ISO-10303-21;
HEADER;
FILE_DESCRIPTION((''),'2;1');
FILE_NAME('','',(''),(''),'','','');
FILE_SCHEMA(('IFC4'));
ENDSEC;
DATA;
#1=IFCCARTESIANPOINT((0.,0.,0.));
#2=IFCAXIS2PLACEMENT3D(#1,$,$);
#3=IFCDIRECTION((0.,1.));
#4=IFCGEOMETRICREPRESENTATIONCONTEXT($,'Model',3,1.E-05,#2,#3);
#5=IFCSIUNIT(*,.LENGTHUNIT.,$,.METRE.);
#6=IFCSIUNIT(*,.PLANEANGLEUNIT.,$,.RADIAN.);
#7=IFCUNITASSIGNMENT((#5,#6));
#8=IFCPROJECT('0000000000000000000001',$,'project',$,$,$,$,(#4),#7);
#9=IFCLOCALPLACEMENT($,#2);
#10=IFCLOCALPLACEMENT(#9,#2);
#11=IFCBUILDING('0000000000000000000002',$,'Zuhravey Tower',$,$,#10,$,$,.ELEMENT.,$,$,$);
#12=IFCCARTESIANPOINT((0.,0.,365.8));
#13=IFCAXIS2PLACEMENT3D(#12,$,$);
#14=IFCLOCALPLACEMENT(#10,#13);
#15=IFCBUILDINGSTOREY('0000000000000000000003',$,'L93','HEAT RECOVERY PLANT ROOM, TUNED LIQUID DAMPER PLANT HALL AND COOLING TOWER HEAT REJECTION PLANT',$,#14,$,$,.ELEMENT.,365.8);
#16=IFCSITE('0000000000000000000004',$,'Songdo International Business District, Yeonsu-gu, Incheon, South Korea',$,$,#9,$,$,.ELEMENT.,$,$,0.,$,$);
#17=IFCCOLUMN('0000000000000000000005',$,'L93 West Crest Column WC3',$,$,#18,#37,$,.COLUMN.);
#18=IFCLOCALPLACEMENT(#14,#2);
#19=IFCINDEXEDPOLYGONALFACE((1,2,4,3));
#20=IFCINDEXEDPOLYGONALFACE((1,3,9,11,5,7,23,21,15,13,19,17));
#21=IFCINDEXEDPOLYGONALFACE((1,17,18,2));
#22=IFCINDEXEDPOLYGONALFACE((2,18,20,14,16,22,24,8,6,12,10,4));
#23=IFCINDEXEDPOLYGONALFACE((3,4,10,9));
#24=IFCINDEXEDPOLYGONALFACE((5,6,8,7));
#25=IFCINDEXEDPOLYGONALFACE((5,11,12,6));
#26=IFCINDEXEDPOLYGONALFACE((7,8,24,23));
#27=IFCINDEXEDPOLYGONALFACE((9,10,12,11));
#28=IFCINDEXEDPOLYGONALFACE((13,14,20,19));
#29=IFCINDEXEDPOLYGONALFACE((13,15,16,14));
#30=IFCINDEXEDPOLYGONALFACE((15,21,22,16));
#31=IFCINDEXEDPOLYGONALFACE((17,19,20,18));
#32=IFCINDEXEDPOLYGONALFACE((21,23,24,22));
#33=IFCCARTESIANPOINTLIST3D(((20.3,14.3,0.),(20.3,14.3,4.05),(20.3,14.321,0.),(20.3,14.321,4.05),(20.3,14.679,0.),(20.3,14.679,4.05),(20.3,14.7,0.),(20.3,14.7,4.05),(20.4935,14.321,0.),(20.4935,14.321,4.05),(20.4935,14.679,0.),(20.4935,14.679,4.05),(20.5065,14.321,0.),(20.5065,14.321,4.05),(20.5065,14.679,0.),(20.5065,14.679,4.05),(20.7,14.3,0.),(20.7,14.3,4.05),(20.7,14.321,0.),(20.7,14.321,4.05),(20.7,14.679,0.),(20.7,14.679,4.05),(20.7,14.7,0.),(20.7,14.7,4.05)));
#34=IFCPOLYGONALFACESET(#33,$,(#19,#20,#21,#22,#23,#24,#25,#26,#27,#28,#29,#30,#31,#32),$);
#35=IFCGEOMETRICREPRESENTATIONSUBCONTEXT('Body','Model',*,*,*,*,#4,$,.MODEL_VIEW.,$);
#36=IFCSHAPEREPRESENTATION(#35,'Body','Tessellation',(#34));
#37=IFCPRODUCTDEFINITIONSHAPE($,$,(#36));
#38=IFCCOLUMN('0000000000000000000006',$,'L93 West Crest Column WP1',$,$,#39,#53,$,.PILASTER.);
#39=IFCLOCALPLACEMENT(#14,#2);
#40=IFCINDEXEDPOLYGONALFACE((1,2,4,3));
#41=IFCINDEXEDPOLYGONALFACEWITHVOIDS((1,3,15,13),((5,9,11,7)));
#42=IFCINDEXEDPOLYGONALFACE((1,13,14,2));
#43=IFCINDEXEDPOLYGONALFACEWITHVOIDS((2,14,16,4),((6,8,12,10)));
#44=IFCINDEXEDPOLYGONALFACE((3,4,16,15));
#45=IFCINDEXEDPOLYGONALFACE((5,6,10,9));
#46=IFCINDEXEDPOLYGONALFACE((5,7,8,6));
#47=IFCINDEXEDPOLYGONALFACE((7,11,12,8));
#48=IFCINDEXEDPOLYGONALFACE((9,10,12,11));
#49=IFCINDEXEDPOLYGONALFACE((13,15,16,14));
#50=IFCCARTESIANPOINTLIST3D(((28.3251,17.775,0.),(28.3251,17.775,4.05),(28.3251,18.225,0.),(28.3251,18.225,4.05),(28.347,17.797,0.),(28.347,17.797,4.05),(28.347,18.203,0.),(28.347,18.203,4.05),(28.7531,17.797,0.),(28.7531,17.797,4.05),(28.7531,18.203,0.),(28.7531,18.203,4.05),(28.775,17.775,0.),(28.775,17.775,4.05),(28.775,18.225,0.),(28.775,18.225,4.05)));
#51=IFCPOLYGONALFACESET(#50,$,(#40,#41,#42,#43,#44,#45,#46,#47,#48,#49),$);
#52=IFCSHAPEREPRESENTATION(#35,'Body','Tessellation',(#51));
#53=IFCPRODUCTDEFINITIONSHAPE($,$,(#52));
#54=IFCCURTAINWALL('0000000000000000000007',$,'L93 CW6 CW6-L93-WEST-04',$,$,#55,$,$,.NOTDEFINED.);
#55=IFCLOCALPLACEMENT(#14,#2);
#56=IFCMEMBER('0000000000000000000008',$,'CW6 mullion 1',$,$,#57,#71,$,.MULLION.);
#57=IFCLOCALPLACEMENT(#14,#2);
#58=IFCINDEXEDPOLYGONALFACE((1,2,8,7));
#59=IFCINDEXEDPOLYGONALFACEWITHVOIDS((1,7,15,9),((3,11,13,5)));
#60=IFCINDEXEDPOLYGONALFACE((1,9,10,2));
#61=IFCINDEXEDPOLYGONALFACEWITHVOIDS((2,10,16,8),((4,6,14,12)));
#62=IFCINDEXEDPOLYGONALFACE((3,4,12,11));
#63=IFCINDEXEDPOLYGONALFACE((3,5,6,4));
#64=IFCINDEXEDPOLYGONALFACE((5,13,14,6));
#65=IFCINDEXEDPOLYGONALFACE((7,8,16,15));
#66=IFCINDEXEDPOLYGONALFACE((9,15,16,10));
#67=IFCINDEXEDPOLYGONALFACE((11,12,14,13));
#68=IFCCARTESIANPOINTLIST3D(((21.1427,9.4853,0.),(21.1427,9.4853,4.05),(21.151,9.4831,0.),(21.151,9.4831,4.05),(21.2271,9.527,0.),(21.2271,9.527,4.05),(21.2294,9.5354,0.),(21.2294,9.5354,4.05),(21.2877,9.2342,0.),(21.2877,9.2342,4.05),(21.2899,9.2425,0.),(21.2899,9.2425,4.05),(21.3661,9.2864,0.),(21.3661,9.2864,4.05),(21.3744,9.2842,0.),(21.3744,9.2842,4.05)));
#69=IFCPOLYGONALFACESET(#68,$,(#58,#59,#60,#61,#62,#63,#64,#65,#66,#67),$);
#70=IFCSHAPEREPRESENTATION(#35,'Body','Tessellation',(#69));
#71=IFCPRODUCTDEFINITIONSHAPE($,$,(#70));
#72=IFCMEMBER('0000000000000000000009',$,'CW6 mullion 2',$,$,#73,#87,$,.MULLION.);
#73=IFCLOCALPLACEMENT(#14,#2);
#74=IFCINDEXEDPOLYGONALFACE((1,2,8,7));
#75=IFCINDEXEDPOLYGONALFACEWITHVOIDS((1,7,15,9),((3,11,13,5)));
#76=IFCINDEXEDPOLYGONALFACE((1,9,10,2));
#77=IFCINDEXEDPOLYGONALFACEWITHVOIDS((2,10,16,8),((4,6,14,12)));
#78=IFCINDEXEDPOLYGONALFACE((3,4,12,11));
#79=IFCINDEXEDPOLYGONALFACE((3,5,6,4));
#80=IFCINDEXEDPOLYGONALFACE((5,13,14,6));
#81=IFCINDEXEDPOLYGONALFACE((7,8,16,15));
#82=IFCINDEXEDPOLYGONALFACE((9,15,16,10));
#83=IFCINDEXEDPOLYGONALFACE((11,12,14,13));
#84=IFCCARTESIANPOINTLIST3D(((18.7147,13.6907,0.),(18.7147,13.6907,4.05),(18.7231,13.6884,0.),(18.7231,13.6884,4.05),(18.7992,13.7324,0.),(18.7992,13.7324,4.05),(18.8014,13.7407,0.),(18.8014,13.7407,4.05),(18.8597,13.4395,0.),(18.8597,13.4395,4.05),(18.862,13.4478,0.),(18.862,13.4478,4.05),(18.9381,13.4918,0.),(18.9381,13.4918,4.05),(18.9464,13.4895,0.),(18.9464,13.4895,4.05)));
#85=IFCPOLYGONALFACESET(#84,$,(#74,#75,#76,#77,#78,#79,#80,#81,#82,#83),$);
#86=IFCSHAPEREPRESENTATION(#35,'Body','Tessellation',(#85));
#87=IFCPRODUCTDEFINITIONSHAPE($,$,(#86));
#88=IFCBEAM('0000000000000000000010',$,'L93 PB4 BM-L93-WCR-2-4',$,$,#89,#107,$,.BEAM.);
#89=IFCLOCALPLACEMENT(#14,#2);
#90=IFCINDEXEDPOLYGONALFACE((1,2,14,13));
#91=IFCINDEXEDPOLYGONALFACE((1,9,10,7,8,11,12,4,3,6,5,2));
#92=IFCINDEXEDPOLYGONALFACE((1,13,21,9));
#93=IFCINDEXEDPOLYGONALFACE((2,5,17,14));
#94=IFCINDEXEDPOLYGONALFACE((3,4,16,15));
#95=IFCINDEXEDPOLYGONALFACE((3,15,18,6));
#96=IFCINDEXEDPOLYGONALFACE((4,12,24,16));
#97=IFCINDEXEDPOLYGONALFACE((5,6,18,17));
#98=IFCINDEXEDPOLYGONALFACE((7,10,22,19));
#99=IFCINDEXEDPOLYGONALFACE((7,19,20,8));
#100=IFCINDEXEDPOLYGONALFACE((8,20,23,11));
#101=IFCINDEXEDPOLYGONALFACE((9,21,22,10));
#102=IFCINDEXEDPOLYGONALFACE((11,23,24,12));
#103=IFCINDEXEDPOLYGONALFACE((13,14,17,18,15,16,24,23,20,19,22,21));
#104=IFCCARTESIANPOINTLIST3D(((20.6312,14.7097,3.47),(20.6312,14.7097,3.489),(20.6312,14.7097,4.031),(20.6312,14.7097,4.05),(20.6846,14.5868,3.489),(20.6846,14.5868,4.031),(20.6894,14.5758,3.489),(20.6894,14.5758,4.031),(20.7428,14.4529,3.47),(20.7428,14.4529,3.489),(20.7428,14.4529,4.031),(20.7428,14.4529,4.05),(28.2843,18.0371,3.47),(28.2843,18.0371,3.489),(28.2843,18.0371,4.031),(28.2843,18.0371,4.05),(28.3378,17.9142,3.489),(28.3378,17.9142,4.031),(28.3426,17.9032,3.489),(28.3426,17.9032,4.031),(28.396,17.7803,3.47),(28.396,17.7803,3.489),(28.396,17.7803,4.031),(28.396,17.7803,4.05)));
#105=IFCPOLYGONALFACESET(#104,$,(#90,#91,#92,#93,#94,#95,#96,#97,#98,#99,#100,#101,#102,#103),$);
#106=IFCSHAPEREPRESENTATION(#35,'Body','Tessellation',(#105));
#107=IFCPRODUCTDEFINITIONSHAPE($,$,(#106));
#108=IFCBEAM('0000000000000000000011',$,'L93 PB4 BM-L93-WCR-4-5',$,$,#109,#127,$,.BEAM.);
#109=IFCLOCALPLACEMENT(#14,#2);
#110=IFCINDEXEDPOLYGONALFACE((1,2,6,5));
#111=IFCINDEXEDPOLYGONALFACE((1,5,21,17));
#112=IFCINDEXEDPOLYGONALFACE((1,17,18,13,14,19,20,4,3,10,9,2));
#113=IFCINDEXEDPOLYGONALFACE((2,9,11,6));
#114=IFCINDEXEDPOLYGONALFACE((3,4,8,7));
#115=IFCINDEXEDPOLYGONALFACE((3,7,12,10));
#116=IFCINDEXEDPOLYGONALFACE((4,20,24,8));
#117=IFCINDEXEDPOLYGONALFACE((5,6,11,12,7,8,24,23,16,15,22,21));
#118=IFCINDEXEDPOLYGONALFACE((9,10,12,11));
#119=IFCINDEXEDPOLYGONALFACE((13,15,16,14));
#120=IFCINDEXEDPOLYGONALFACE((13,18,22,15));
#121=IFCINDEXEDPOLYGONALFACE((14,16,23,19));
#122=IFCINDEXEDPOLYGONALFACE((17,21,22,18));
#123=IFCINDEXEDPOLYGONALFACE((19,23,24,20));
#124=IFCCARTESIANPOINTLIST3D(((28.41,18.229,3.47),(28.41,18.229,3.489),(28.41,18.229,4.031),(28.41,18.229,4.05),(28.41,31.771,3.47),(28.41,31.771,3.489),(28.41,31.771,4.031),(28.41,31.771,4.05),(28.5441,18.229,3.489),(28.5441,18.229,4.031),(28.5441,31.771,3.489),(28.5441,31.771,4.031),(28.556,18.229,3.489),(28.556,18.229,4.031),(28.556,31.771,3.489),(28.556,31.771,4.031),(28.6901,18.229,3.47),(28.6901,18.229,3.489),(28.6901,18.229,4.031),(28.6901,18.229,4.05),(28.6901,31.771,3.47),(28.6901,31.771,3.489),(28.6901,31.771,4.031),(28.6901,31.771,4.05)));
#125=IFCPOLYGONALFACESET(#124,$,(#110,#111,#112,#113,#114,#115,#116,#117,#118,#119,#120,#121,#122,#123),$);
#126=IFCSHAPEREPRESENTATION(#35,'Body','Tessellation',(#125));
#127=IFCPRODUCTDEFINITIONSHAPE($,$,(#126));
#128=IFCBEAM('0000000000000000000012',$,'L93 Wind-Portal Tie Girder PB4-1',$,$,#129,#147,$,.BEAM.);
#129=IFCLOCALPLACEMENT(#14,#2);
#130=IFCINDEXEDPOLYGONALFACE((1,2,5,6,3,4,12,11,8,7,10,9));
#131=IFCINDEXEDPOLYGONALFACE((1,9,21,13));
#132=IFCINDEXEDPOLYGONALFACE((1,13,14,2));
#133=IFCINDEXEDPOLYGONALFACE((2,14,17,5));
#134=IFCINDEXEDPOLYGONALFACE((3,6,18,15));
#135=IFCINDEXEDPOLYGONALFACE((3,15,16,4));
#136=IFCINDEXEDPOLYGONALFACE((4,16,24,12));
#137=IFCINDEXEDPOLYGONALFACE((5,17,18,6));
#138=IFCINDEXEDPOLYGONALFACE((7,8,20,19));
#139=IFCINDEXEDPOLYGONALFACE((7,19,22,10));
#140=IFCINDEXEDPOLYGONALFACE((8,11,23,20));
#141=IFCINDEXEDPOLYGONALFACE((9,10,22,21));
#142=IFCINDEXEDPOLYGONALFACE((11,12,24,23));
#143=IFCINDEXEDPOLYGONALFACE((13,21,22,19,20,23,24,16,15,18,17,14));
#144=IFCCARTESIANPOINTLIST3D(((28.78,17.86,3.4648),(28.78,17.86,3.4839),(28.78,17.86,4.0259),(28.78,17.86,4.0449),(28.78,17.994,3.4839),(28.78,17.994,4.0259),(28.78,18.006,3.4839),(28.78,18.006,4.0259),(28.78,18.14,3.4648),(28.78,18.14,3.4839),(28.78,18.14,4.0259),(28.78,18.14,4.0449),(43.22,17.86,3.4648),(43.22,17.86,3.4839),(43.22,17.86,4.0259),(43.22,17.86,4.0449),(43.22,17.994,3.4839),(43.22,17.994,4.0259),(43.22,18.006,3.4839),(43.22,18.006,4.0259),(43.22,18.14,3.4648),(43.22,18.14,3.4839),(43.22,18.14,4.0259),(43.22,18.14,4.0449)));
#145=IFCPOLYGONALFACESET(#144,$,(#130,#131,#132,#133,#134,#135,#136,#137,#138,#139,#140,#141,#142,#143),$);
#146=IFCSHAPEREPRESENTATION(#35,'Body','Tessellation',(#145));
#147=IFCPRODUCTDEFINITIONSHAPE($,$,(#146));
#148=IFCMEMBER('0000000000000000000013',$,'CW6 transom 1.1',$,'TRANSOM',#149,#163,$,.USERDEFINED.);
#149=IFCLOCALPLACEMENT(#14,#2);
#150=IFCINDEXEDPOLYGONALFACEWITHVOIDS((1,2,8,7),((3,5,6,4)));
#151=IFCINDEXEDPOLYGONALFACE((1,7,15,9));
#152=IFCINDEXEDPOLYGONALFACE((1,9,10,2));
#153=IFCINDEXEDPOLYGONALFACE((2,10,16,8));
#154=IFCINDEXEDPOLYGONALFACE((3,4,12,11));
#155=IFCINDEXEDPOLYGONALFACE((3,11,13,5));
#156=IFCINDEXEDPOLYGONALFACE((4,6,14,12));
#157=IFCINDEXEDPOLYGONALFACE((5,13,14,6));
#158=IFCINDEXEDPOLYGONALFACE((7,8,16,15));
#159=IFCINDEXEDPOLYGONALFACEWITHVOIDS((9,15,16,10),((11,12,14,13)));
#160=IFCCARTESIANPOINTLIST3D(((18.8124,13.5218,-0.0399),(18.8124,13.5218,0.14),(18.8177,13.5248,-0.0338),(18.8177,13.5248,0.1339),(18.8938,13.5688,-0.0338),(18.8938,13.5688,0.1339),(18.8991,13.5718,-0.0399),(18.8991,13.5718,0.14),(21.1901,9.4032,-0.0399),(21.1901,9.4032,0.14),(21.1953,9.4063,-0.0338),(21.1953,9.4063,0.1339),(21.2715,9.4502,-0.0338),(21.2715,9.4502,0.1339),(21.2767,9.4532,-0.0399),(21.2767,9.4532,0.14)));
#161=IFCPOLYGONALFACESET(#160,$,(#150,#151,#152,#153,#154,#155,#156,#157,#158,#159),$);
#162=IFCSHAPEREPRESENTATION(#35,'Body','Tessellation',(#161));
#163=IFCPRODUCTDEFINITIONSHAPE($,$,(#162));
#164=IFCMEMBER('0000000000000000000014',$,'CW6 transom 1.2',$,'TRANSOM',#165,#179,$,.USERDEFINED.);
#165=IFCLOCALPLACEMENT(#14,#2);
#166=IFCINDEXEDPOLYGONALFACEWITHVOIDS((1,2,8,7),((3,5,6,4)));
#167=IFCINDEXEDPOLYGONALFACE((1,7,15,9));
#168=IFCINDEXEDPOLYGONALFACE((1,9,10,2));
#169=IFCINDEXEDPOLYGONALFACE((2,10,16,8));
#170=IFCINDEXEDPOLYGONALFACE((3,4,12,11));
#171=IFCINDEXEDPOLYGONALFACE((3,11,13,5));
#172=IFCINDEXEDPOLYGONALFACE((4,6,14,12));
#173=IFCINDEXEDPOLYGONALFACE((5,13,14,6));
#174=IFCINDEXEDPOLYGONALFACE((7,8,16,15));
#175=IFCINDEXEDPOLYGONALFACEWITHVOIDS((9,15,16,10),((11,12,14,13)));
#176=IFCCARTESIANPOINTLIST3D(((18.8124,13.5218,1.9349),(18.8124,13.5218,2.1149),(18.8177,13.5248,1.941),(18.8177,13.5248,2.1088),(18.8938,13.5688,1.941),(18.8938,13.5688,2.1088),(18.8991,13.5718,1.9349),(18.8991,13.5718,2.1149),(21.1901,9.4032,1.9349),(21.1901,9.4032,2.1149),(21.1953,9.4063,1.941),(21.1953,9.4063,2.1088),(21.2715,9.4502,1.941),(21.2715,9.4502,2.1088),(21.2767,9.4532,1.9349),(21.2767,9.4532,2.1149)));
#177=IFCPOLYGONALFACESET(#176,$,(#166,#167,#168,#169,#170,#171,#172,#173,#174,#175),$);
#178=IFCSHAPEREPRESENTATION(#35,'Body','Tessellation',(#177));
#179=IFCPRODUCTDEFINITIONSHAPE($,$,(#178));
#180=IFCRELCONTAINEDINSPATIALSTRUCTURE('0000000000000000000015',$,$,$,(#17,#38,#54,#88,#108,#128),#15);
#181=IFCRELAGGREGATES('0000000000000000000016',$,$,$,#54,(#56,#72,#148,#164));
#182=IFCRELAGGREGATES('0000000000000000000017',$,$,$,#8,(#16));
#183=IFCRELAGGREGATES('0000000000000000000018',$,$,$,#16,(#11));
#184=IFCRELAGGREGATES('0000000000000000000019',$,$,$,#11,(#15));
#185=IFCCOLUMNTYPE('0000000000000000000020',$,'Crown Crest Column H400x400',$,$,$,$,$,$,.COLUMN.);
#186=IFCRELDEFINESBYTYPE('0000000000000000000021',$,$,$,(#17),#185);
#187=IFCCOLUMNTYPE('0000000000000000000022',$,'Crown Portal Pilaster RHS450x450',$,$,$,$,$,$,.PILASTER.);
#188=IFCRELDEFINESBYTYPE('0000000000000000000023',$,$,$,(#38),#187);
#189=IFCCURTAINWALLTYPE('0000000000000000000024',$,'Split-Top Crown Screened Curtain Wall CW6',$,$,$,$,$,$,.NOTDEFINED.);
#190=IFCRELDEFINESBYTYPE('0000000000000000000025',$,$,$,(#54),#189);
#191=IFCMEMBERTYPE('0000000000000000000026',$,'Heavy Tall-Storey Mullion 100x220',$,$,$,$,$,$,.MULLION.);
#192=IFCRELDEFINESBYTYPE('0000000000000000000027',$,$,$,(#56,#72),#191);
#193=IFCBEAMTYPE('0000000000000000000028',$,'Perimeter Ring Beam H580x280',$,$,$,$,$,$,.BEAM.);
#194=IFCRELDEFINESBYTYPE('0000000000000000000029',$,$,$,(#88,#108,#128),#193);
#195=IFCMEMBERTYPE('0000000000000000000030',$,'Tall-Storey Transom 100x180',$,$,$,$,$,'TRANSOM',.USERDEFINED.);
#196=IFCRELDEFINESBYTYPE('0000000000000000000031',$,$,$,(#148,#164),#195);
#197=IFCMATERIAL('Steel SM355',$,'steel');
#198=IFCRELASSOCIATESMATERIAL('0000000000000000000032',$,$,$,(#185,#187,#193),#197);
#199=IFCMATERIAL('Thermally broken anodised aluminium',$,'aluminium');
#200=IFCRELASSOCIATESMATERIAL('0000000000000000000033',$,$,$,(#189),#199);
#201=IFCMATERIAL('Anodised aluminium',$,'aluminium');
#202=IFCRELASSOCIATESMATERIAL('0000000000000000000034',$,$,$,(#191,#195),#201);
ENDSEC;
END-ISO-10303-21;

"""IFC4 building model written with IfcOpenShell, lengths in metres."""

from ifc_helpers import new_model, si_unit, direction, frame, origin, origin_2d, place, context, subcontext, project, spatial, hollow_rectangle, i_section, extrude, material, material_profile, profile_set, type_object, element, aggregate, save


model = new_model("IFC4")

# Units and contexts
model_context = context("Model", 3, precision=1e-05, world=origin(), true_north=direction((0.0, 1.0)))
body_context = subcontext(model_context, "Body", "Model", "MODEL_VIEW")
ifc_project = project(units=[si_unit("LENGTHUNIT", "METRE"), si_unit("PLANEANGLEUNIT", "RADIAN")], contexts=[model_context])

# Site, building, storey
site_placement = place(None, origin())
site = spatial("IfcSite", under=ifc_project, at=site_placement, Name="Songdo International Business District, Yeonsu-gu, Incheon, South Korea", CompositionType="ELEMENT", RefElevation=0.0)
building_placement = place(site_placement, origin())
building = spatial("IfcBuilding", under=site, at=building_placement, Name="Zuhravey Tower", CompositionType="ELEMENT")
storey_placement = place(building_placement, frame((0.0, 0.0, 365.8)))
storey = spatial("IfcBuildingStorey", under=building, at=storey_placement, Name="L93", Description="HEAT RECOVERY PLANT ROOM, TUNED LIQUID DAMPER PLANT HALL AND COOLING TOWER HEAT REJECTION PLANT", CompositionType="ELEMENT", Elevation=365.8)

# Columns
ifc_material_1 = material(Name="Steel SM355", Category="steel")
ifc_material_profile_1 = material_profile(ifc_material_1, i_section(OverallWidth=0.3999, OverallDepth=0.3999, WebThickness=0.0129, FlangeThickness=0.021, at=origin_2d()), Name="H-400x400x13x21")
ifc_profile_set_1 = profile_set([ifc_material_profile_1], Name="Steel SM355")
column_type_1 = type_object("IfcColumnType", Name="Crown Crest Column H400x400", PredefinedType="COLUMN", material=ifc_profile_set_1)
column_1_placement = place(storey_placement, frame((20.5, 14.5, 0.0), z_axis=(0.0, 0.0, 1.0), x_axis=(1.0, 0.0, 0.0)))
element("IfcColumn", 1, at=column_1_placement, inside=storey, type_object=column_type_1, Name="L93 West Crest Column WC3", PredefinedType="COLUMN", context=body_context, shape_type="SweptSolid", body=[
    extrude(i_section(OverallWidth=0.3999, OverallDepth=0.3999, WebThickness=0.0129, FlangeThickness=0.021, at=origin_2d()), origin(), (0.0, 0.0, 1.0), 4.05),
])
ifc_material_profile_2 = material_profile(ifc_material_1, hollow_rectangle(XDim=0.45, YDim=0.45, WallThickness=0.022, at=origin_2d()), Name="RHS-450x450x22")
ifc_profile_set_2 = profile_set([ifc_material_profile_2], Name="Steel SM355")
column_type_2 = type_object("IfcColumnType", Name="Crown Portal Pilaster RHS450x450", PredefinedType="PILASTER", material=ifc_profile_set_2)
column_2_placement = place(storey_placement, frame((28.55, 18.0, 0.0), z_axis=(0.0, 0.0, 1.0), x_axis=(1.0, 0.0, 0.0)))
element("IfcColumn", 2, at=column_2_placement, inside=storey, type_object=column_type_2, Name="L93 West Crest Column WP1", PredefinedType="PILASTER", context=body_context, shape_type="SweptSolid", body=[
    extrude(hollow_rectangle(XDim=0.45, YDim=0.45, WallThickness=0.022, at=origin_2d()), origin(), (0.0, 0.0, 1.0), 4.05),
])

# Curtain wall, members
ifc_material_2 = material(Name="Thermally broken anodised aluminium", Category="aluminium")
curtain_wall_type = type_object("IfcCurtainWallType", Name="Split-Top Crown Screened Curtain Wall CW6", PredefinedType="NOTDEFINED", material=ifc_material_2)
curtain_wall_placement = place(storey_placement, origin())
curtain_wall = element("IfcCurtainWall", 3, at=curtain_wall_placement, inside=storey, type_object=curtain_wall_type, Name="L93 CW6 CW6-L93-WEST-04", PredefinedType="NOTDEFINED")
ifc_material_3 = material(Name="Anodised aluminium", Category="aluminium")
ifc_material_profile_3 = material_profile(ifc_material_3, hollow_rectangle(XDim=0.1001, YDim=0.29, WallThickness=0.0061, at=origin_2d()), Name="ALU-RHS-100x290x6")
ifc_profile_set_3 = profile_set([ifc_material_profile_3], Name="Anodised aluminium")
member_type_1 = type_object("IfcMemberType", Name="Heavy Tall-Storey Mullion 100x220", PredefinedType="MULLION", material=ifc_profile_set_3)
member_1_placement = place(storey_placement, frame((21.2585, 9.3848, 0.0), z_axis=(0.0, 0.0, 1.0), x_axis=(-0.866027, -0.499997, 0.0)))
member_1 = element("IfcMember", 4, at=member_1_placement, type_object=member_type_1, Name="CW6 mullion 1", PredefinedType="MULLION", context=body_context, shape_type="SweptSolid", body=[
    extrude(hollow_rectangle(XDim=0.1001, YDim=0.29, WallThickness=0.0061, at=origin_2d()), origin(), (0.0, 0.0, 1.0), 4.05),
])
member_2_placement = place(storey_placement, frame((18.8306, 13.5901, 0.0), z_axis=(0.0, 0.0, 1.0), x_axis=(-0.866027, -0.499997, 0.0)))
member_2 = element("IfcMember", 5, at=member_2_placement, type_object=member_type_1, Name="CW6 mullion 2", PredefinedType="MULLION", context=body_context, shape_type="SweptSolid", body=[
    extrude(hollow_rectangle(XDim=0.1001, YDim=0.29, WallThickness=0.0061, at=origin_2d()), origin(), (0.0, 0.0, 1.0), 4.05),
])

# Beams
ifc_material_profile_4 = material_profile(ifc_material_1, i_section(OverallWidth=0.28, OverallDepth=0.5801, WebThickness=0.012, FlangeThickness=0.019, at=origin_2d()), Name="H-580x280x12x19")
ifc_profile_set_4 = profile_set([ifc_material_profile_4], Name="Steel SM355")
beam_type = type_object("IfcBeamType", Name="Perimeter Ring Beam H580x280", PredefinedType="BEAM", material=ifc_profile_set_4)
beam_1_placement = place(storey_placement, frame((20.687, 14.5813, 3.76), z_axis=(0.917071, 0.398723, 0.0), x_axis=(-0.398723, 0.917071, 0.0)))
element("IfcBeam", 6, at=beam_1_placement, inside=storey, type_object=beam_type, Name="L93 PB4 BM-L93-WCR-2-4", PredefinedType="BEAM", context=body_context, shape_type="SweptSolid", body=[
    extrude(i_section(OverallWidth=0.28, OverallDepth=0.5801, WebThickness=0.012, FlangeThickness=0.019, at=origin_2d()), origin(), (0.0, 0.0, 1.0), 8.3452),
])
beam_2_placement = place(storey_placement, frame((28.55, 18.229, 3.76), z_axis=(0.0, 1.0, 0.0), x_axis=(-1.0, 0.0, 0.0)))
element("IfcBeam", 7, at=beam_2_placement, inside=storey, type_object=beam_type, Name="L93 PB4 BM-L93-WCR-4-5", PredefinedType="BEAM", context=body_context, shape_type="SweptSolid", body=[
    extrude(i_section(OverallWidth=0.28, OverallDepth=0.5801, WebThickness=0.012, FlangeThickness=0.019, at=origin_2d()), origin(), (0.0, 0.0, 1.0), 13.542),
])
beam_3_placement = place(storey_placement, frame((28.78, 18.0, 3.7549), z_axis=(1.0, 0.0, 0.0), x_axis=(0.0, 1.0, 0.0)))
element("IfcBeam", 8, at=beam_3_placement, inside=storey, type_object=beam_type, Name="L93 Wind-Portal Tie Girder PB4-1", PredefinedType="BEAM", context=body_context, shape_type="SweptSolid", body=[
    extrude(i_section(OverallWidth=0.28, OverallDepth=0.5801, WebThickness=0.012, FlangeThickness=0.019, at=origin_2d()), origin(), (0.0, 0.0, 1.0), 14.4399),
])

# Members
ifc_material_profile_5 = material_profile(ifc_material_3, hollow_rectangle(XDim=0.1001, YDim=0.1799, WallThickness=0.0061, at=origin_2d()), Name="ALU-RHS-100x180x6")
ifc_profile_set_5 = profile_set([ifc_material_profile_5], Name="Anodised aluminium")
member_type_2 = type_object("IfcMemberType", Name="Tall-Storey Transom 100x180", ElementType="TRANSOM", PredefinedType="USERDEFINED", material=ifc_profile_set_5)
member_3_placement = place(storey_placement, frame((21.2334, 9.4282, 0.05), z_axis=(-0.499965, 0.866045, 0.0), x_axis=(-0.866045, -0.499965, 0.0)))
member_3 = element("IfcMember", 9, at=member_3_placement, type_object=member_type_2, Name="CW6 transom 1.1", ObjectType="TRANSOM", PredefinedType="USERDEFINED", context=body_context, shape_type="SweptSolid", body=[
    extrude(hollow_rectangle(XDim=0.1001, YDim=0.1799, WallThickness=0.0061, at=origin_2d()), origin(), (0.0, 0.0, 1.0), 4.7556),
])
member_4_placement = place(storey_placement, frame((21.2334, 9.4282, 2.0249), z_axis=(-0.499965, 0.866045, 0.0), x_axis=(-0.866045, -0.499965, 0.0)))
member_4 = element("IfcMember", 10, at=member_4_placement, type_object=member_type_2, Name="CW6 transom 1.2", ObjectType="TRANSOM", PredefinedType="USERDEFINED", context=body_context, shape_type="SweptSolid", body=[
    extrude(hollow_rectangle(XDim=0.1001, YDim=0.1799, WallThickness=0.0061, at=origin_2d()), origin(), (0.0, 0.0, 1.0), 4.7556),
])

aggregate(curtain_wall, [member_1, member_2, member_3, member_4])

save(model, "model.ifc")
